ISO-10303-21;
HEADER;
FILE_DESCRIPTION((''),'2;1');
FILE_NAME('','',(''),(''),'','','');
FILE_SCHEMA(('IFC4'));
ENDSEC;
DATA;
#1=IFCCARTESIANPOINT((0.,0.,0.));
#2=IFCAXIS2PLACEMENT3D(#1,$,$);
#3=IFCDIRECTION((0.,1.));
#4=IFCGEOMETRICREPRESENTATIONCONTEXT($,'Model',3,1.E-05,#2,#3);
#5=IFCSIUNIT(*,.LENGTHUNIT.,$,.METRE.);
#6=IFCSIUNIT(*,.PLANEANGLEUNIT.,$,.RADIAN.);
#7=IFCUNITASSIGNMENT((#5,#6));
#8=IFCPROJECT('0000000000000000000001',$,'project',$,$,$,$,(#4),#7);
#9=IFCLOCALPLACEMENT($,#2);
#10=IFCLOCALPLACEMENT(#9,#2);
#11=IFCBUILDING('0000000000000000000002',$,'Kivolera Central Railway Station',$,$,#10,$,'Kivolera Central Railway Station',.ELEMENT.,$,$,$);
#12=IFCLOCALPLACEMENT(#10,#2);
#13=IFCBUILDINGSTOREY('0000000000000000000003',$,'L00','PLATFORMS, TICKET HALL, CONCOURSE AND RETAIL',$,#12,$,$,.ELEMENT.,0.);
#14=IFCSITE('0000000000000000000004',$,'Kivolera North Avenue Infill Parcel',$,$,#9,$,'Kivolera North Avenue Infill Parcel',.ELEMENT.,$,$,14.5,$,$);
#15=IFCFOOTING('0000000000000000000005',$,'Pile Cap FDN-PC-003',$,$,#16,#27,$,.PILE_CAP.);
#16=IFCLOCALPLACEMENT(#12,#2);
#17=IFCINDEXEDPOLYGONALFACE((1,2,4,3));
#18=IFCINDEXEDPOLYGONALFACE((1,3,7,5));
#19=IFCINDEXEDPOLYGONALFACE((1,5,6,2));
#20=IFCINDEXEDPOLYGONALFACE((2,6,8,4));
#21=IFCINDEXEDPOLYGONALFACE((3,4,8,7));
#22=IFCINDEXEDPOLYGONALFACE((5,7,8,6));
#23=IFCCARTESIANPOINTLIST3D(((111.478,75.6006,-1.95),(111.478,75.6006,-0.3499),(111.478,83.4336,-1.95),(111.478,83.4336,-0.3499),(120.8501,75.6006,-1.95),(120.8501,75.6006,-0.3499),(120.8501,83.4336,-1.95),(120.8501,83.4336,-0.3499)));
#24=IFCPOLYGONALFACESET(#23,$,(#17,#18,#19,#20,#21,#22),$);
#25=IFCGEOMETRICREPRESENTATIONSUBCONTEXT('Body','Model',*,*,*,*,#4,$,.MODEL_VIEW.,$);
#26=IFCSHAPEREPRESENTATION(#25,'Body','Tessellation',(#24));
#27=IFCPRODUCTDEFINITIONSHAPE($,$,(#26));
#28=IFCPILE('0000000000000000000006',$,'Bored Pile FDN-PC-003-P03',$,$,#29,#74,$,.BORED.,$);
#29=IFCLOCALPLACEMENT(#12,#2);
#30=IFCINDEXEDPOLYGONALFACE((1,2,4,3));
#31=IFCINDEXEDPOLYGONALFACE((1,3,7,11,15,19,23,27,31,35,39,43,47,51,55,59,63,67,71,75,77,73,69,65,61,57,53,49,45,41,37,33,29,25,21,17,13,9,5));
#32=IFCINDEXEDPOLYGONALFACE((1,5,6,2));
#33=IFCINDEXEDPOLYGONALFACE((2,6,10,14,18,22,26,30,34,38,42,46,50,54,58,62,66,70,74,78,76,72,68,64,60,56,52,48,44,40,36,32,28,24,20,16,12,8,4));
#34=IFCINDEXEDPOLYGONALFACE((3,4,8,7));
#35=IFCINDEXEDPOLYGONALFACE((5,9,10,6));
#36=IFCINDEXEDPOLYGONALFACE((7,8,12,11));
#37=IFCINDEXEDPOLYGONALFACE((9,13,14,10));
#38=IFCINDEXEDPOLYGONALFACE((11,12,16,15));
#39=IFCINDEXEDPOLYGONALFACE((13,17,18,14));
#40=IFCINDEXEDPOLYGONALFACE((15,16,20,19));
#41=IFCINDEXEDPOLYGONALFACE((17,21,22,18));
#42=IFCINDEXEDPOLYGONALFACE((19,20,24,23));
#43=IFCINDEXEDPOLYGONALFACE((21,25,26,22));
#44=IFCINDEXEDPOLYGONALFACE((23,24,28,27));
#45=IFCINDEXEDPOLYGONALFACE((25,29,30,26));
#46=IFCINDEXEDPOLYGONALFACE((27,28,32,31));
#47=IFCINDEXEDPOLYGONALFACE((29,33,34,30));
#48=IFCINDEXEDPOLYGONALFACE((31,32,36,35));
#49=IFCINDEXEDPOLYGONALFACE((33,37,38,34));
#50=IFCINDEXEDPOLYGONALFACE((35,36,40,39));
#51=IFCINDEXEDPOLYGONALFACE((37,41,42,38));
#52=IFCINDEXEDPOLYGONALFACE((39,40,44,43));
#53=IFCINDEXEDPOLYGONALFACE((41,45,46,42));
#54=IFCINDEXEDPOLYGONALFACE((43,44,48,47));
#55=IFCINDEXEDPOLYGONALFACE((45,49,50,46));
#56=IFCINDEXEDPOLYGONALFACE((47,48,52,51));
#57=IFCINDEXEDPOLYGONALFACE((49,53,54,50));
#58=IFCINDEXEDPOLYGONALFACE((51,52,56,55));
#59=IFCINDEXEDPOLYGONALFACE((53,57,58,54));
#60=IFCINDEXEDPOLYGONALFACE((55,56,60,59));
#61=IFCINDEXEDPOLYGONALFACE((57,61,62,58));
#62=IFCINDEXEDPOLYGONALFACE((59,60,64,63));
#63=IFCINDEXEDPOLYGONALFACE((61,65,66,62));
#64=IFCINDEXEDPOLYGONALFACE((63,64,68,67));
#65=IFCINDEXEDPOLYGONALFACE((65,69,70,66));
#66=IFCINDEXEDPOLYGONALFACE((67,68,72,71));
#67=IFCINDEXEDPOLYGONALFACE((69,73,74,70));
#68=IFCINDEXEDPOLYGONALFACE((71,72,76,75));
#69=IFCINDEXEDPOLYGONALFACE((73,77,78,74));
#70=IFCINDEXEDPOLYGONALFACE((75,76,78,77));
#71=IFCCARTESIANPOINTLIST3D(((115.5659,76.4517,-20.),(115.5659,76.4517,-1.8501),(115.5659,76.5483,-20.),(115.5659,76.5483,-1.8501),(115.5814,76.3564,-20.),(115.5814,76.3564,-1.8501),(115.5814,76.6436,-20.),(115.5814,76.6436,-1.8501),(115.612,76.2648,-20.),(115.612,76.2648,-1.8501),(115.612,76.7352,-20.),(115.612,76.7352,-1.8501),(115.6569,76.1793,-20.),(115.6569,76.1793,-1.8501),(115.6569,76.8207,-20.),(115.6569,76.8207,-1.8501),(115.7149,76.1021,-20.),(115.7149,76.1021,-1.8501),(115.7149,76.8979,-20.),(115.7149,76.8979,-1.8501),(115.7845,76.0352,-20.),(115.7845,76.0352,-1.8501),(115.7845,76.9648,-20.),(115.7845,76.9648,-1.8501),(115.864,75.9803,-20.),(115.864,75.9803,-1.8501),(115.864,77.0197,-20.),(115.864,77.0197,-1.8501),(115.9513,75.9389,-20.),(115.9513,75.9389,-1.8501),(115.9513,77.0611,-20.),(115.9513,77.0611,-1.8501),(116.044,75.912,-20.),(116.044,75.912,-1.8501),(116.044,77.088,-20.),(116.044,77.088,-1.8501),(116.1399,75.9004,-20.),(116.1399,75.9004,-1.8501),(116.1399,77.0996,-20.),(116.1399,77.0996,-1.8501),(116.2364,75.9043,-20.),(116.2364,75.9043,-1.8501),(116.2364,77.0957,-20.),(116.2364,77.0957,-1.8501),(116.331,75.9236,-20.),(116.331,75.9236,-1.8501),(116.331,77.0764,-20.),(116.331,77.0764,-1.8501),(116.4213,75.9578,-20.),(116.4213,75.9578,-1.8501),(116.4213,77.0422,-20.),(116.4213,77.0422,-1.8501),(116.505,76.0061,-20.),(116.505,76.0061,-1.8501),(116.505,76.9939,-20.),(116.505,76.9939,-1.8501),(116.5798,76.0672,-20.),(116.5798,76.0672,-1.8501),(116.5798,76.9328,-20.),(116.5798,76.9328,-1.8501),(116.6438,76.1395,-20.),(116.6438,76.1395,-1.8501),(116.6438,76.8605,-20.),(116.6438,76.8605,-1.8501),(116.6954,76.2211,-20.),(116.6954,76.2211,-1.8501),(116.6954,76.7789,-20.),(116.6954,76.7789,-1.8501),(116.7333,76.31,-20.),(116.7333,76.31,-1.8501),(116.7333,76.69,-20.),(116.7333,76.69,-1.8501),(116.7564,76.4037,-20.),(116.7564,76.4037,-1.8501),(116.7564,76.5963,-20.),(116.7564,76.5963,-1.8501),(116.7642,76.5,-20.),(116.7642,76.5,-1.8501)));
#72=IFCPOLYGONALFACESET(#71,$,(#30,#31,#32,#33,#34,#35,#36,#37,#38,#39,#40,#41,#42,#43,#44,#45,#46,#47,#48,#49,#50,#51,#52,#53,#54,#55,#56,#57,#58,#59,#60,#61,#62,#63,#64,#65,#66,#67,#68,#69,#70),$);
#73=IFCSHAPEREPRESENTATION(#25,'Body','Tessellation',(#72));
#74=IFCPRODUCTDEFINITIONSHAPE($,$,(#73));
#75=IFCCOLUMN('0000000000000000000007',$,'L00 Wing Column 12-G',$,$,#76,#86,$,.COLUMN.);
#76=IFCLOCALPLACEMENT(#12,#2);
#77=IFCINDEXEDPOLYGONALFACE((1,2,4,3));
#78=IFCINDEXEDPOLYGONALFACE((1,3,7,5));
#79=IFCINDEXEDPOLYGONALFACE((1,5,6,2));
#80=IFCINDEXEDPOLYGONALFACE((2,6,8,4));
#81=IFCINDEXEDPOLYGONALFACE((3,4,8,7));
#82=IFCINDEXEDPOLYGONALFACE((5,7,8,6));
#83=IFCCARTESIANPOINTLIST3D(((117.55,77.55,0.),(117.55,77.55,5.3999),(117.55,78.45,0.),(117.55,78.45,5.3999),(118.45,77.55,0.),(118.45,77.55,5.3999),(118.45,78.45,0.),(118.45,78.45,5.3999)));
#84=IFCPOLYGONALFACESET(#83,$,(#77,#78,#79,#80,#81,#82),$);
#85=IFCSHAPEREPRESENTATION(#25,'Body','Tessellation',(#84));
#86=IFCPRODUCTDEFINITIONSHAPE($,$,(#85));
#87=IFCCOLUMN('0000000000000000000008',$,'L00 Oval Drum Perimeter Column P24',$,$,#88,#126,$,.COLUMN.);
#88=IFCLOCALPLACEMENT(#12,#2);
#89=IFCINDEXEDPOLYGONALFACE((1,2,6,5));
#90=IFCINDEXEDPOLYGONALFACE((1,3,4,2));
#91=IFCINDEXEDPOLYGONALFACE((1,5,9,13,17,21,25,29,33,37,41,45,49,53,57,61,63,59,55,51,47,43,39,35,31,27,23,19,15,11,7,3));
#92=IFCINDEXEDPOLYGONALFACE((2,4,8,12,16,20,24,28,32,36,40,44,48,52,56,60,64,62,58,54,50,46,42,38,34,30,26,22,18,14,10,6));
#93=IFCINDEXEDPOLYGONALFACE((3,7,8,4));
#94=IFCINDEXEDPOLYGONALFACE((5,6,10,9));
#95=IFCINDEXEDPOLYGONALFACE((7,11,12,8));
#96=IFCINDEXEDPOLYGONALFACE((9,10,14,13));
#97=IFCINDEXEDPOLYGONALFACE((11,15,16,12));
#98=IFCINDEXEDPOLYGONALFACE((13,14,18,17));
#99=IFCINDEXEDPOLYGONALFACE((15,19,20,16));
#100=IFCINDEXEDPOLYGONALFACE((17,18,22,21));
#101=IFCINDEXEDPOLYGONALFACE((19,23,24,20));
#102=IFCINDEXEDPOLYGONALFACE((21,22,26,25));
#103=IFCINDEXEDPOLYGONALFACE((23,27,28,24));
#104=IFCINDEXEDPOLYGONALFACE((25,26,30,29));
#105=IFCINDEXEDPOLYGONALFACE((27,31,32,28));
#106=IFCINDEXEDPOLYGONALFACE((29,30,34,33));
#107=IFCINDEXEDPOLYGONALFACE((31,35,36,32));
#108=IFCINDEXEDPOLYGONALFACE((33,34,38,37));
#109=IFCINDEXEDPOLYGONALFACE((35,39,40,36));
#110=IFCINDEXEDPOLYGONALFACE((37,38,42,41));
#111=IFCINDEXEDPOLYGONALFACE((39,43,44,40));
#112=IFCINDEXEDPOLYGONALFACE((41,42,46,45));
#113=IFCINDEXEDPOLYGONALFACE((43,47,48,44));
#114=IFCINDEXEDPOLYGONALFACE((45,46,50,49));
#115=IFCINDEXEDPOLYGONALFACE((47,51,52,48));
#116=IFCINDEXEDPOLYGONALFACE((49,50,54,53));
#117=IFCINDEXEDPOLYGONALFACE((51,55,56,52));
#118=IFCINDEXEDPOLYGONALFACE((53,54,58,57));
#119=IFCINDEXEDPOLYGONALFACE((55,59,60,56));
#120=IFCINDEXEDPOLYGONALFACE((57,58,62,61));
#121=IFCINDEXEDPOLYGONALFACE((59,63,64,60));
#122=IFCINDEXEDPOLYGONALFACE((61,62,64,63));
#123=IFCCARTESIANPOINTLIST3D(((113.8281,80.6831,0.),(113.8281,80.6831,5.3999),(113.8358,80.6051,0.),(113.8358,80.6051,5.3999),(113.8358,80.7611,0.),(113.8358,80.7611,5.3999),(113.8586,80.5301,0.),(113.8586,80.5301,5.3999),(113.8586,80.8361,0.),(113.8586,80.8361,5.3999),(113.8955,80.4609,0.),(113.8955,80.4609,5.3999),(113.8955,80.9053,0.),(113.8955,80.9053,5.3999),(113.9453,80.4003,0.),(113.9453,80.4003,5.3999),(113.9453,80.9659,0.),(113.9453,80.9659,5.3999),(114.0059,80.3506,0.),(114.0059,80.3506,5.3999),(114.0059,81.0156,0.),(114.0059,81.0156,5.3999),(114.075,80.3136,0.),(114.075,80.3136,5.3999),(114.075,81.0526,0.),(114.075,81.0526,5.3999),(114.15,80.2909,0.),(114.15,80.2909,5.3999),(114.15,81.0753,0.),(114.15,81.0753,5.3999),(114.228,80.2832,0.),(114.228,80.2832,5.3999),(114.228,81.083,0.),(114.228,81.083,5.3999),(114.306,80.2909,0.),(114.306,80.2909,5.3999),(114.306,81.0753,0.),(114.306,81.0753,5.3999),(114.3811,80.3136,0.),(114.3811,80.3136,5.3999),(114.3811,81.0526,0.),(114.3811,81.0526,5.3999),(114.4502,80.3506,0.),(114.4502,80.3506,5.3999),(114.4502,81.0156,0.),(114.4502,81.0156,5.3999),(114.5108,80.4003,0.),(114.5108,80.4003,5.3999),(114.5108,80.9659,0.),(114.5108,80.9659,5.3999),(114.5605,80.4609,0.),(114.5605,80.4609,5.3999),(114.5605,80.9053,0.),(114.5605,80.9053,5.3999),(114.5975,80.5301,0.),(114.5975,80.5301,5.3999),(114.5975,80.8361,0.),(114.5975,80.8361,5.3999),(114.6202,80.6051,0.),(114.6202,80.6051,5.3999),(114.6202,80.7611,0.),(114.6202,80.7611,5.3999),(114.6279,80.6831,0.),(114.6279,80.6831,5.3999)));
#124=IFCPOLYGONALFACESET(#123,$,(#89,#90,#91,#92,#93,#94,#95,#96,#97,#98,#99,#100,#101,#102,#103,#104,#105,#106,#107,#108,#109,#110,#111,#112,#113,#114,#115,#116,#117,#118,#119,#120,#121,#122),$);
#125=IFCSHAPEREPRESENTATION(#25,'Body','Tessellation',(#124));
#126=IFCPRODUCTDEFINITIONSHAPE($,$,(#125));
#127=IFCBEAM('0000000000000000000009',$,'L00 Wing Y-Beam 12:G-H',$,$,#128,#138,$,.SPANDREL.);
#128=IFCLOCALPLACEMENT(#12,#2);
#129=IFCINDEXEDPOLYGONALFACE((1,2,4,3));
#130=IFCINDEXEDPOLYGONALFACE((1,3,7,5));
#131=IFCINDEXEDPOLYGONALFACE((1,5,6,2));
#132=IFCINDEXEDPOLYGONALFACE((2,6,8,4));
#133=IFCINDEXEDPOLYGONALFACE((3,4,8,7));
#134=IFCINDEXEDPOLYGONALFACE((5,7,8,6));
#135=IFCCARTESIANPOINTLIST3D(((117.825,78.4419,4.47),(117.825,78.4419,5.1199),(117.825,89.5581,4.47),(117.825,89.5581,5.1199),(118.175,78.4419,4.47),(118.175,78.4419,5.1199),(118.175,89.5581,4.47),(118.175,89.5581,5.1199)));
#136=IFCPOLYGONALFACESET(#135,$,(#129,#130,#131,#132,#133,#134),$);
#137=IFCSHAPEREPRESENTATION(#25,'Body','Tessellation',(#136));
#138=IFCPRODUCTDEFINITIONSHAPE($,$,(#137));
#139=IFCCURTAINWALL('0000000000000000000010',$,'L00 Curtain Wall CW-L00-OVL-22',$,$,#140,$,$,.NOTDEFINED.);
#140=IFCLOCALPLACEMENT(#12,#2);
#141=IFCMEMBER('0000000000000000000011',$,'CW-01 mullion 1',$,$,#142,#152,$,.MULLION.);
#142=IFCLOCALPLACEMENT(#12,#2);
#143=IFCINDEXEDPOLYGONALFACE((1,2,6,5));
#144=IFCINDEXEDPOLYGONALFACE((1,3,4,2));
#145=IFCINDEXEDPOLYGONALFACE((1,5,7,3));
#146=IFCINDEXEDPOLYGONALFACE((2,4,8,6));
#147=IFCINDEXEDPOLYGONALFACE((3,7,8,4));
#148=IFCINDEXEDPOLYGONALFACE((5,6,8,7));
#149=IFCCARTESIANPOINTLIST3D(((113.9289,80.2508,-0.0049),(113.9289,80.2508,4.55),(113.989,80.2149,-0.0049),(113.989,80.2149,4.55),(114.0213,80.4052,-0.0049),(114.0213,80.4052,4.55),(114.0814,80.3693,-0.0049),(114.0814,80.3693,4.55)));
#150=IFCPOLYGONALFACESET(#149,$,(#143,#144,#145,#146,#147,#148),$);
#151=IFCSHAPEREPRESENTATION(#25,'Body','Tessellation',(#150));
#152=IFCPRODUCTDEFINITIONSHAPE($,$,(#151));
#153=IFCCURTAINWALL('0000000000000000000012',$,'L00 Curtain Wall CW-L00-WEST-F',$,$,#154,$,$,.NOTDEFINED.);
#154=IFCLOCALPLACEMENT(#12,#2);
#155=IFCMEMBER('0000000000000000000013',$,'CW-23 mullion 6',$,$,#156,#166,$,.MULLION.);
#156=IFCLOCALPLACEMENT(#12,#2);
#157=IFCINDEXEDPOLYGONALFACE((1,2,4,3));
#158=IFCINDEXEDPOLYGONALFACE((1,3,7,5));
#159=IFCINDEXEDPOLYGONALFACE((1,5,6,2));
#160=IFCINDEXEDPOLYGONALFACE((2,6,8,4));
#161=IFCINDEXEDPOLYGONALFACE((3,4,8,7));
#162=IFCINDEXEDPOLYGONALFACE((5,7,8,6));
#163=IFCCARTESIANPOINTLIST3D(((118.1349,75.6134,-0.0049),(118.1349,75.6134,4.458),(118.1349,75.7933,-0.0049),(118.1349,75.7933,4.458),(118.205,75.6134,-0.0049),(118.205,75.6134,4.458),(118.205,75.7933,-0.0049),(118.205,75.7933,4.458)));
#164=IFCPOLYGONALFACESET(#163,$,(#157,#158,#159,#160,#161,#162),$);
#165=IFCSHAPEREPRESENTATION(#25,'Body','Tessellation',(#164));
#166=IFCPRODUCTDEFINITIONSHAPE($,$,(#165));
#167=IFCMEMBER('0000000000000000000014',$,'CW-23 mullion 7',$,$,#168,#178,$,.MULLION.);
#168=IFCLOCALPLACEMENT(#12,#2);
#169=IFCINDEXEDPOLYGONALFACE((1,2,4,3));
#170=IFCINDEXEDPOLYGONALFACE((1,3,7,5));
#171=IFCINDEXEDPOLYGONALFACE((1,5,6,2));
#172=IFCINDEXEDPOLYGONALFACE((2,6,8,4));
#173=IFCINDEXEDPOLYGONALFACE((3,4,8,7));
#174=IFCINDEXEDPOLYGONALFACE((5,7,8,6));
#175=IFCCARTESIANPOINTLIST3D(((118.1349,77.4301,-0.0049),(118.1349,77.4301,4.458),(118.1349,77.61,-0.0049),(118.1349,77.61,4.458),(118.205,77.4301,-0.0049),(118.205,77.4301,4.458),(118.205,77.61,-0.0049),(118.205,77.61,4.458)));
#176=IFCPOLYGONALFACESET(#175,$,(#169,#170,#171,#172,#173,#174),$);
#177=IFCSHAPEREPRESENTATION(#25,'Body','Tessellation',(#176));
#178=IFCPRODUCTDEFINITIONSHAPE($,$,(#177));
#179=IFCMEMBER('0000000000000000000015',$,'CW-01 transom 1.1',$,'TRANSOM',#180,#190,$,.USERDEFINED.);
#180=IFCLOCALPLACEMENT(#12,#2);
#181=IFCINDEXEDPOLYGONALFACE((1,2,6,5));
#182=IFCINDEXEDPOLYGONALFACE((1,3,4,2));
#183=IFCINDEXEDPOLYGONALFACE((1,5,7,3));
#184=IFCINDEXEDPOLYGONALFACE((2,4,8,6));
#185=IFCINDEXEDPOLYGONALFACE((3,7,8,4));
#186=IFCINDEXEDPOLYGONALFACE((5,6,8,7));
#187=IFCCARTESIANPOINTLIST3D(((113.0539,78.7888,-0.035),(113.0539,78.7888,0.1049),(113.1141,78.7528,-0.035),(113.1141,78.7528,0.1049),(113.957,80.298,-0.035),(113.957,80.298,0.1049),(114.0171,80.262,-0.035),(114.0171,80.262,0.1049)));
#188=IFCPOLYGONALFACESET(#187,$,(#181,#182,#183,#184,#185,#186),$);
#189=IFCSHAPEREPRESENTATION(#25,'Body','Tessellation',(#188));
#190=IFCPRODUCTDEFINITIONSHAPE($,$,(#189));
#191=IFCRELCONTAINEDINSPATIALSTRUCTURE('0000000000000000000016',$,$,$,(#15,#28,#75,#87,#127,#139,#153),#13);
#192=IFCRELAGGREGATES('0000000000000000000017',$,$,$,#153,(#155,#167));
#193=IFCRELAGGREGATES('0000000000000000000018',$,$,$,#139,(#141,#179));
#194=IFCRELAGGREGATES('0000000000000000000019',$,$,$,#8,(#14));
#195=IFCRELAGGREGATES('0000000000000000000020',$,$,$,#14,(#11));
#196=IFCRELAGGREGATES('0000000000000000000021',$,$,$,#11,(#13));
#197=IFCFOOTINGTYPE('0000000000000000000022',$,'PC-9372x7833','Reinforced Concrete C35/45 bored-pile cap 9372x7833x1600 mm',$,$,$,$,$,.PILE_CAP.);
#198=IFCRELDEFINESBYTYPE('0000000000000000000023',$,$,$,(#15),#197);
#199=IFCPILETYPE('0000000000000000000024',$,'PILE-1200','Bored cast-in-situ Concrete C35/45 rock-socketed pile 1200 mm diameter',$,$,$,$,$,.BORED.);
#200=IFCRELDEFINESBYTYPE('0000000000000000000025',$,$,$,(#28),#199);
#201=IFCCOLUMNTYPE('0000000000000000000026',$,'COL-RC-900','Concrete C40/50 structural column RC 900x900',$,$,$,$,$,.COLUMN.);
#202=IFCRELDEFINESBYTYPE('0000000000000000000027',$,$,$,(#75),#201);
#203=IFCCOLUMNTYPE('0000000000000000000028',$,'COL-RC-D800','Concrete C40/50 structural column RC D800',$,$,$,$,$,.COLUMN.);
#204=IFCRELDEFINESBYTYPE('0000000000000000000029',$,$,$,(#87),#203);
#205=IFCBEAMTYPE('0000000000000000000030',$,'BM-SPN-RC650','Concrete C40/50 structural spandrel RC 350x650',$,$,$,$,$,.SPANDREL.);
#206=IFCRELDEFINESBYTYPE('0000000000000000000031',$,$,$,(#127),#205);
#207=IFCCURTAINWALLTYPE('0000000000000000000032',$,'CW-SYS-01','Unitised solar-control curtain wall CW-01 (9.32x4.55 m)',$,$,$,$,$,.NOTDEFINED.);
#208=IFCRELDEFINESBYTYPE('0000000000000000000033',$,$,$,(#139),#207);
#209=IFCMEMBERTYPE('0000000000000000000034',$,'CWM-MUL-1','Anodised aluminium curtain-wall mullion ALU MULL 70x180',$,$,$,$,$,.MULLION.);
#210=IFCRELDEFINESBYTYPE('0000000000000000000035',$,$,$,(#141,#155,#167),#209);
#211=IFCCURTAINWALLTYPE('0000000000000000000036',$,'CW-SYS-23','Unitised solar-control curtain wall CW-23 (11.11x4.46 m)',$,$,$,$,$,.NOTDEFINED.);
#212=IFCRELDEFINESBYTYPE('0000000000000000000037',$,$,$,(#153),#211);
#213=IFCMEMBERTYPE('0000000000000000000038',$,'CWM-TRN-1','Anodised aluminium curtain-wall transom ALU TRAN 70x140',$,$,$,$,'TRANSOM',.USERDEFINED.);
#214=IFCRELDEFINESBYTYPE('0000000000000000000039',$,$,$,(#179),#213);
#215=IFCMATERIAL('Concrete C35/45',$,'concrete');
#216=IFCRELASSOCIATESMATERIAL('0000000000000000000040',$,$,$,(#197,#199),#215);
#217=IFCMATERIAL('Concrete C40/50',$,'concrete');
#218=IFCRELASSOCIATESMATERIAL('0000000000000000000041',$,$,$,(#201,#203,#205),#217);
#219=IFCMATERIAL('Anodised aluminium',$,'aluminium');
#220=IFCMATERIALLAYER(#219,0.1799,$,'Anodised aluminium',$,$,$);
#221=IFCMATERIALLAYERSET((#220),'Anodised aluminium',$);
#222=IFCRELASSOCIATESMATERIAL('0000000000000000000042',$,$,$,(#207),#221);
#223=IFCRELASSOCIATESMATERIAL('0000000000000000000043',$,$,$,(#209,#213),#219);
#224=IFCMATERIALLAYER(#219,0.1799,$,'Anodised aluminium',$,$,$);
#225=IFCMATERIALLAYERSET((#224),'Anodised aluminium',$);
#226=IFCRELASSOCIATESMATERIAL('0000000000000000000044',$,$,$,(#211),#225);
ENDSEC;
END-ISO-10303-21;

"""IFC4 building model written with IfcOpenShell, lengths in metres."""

from ifc_helpers import new_model, si_unit, direction, frame, origin, origin_2d, place, context, subcontext, project, spatial, rectangle, circle, extrude, material, layer, layer_set, material_profile, profile_set, type_object, element, aggregate, save


model = new_model("IFC4")

# Units and contexts
model_context = context("Model", 3, precision=1e-05, world=origin(), true_north=direction((0.0, 1.0)))
body_context = subcontext(model_context, "Body", "Model", "MODEL_VIEW")
ifc_project = project(units=[si_unit("LENGTHUNIT", "METRE"), si_unit("PLANEANGLEUNIT", "RADIAN")], contexts=[model_context])

# Site, building, storey
site_placement = place(None, origin())
site = spatial("IfcSite", under=ifc_project, at=site_placement, Name="Kivolera North Avenue Infill Parcel", LongName="Kivolera North Avenue Infill Parcel", CompositionType="ELEMENT", RefElevation=14.5)
building_placement = place(site_placement, origin())
building = spatial("IfcBuilding", under=site, at=building_placement, Name="Kivolera Central Railway Station", LongName="Kivolera Central Railway Station", CompositionType="ELEMENT")
storey_placement = place(building_placement, origin())
storey = spatial("IfcBuildingStorey", under=building, at=storey_placement, Name="L00", Description="PLATFORMS, TICKET HALL, CONCOURSE AND RETAIL", CompositionType="ELEMENT", Elevation=0.0)

# Footing
ifc_material_1 = material(Name="Concrete C35/45", Category="concrete")
footing_type = type_object("IfcFootingType", Name="PC-9372x7833", Description="Reinforced Concrete C35/45 bored-pile cap 9372x7833x1600 mm", PredefinedType="PILE_CAP", material=ifc_material_1)
footing_placement = place(storey_placement, frame((116.1641, 79.5171, -1.95), z_axis=(0.0, 0.0, 1.0), x_axis=(1.0, 0.0, 0.0)))
element("IfcFooting", 1, at=footing_placement, inside=storey, type_object=footing_type, Name="Pile Cap FDN-PC-003", PredefinedType="PILE_CAP", context=body_context, shape_type="SweptSolid", body=[
    extrude(rectangle(XDim=9.3721, YDim=7.833, at=origin_2d()), origin(), (0.0, 0.0, 1.0), 1.6001),
])

# Pile
ifc_material_profile_1 = material_profile(ifc_material_1, circle(Radius=0.6001, at=origin_2d()), Name="PILE D1200")
ifc_profile_set_1 = profile_set([ifc_material_profile_1], Name="Concrete C35/45")
pile_type = type_object("IfcPileType", Name="PILE-1200", Description="Bored cast-in-situ Concrete C35/45 rock-socketed pile 1200 mm diameter", PredefinedType="BORED", material=ifc_profile_set_1)
pile_placement = place(storey_placement, frame((116.1641, 76.5, -1.8501), z_axis=(0.0, 0.0, -1.0), x_axis=(1.0, 0.0, 0.0)))
element("IfcPile", 2, at=pile_placement, inside=storey, type_object=pile_type, Name="Bored Pile FDN-PC-003-P03", PredefinedType="BORED", context=body_context, shape_type="SweptSolid", body=[
    extrude(circle(Radius=0.6001, at=origin_2d()), origin(), (0.0, 0.0, 1.0), 18.1499),
])

# Columns
ifc_material_2 = material(Name="Concrete C40/50", Category="concrete")
ifc_material_profile_2 = material_profile(ifc_material_2, rectangle(XDim=0.8999, YDim=0.8999, at=origin_2d()), Name="RC 900x900")
ifc_profile_set_2 = profile_set([ifc_material_profile_2], Name="Concrete C40/50")
column_type_1 = type_object("IfcColumnType", Name="COL-RC-900", Description="Concrete C40/50 structural column RC 900x900", PredefinedType="COLUMN", material=ifc_profile_set_2)
column_1_placement = place(storey_placement, frame((118.0, 78.0, 0.0), z_axis=(0.0, 0.0, 1.0), x_axis=(1.0, 0.0, 0.0)))
element("IfcColumn", 3, at=column_1_placement, inside=storey, type_object=column_type_1, Name="L00 Wing Column 12-G", PredefinedType="COLUMN", context=body_context, shape_type="SweptSolid", body=[
    extrude(rectangle(XDim=0.8999, YDim=0.8999, at=origin_2d()), origin(), (0.0, 0.0, 1.0), 5.3999),
])
ifc_material_profile_3 = material_profile(ifc_material_2, circle(Radius=0.3999, at=origin_2d()), Name="RC D800")
ifc_profile_set_3 = profile_set([ifc_material_profile_3], Name="Concrete C40/50")
column_type_2 = type_object("IfcColumnType", Name="COL-RC-D800", Description="Concrete C40/50 structural column RC D800", PredefinedType="COLUMN", material=ifc_profile_set_3)
column_2_placement = place(storey_placement, frame((114.228, 80.6831, 0.0), z_axis=(0.0, 0.0, 1.0), x_axis=(1.0, 0.0, 0.0)))
element("IfcColumn", 4, at=column_2_placement, inside=storey, type_object=column_type_2, Name="L00 Oval Drum Perimeter Column P24", PredefinedType="COLUMN", context=body_context, shape_type="SweptSolid", body=[
    extrude(circle(Radius=0.3999, at=origin_2d()), origin(), (0.0, 0.0, 1.0), 5.3999),
])

# Beam
ifc_material_profile_4 = material_profile(ifc_material_2, rectangle(XDim=0.3501, YDim=0.6499, at=origin_2d()), Name="RC 350x650")
ifc_profile_set_4 = profile_set([ifc_material_profile_4], Name="Concrete C40/50")
beam_type = type_object("IfcBeamType", Name="BM-SPN-RC650", Description="Concrete C40/50 structural spandrel RC 350x650", PredefinedType="SPANDREL", material=ifc_profile_set_4)
beam_placement = place(storey_placement, frame((118.0, 78.4419, 4.7949), z_axis=(0.0, 1.0, 0.0), x_axis=(-1.0, 0.0, 0.0)))
element("IfcBeam", 5, at=beam_placement, inside=storey, type_object=beam_type, Name="L00 Wing Y-Beam 12:G-H", PredefinedType="SPANDREL", context=body_context, shape_type="SweptSolid", body=[
    extrude(rectangle(XDim=0.3501, YDim=0.6499, at=origin_2d()), origin(), (0.0, 0.0, 1.0), 11.1162),
])

# Curtain wall, member
ifc_material_3 = material(Name="Anodised aluminium", Category="aluminium")
ifc_layer_1 = layer(ifc_material_3, 0.1799, Name="Anodised aluminium")
ifc_layer_set_1 = layer_set([ifc_layer_1], Name="Anodised aluminium")
curtain_wall_type_1 = type_object("IfcCurtainWallType", Name="CW-SYS-01", Description="Unitised solar-control curtain wall CW-01 (9.32x4.55 m)", PredefinedType="NOTDEFINED", material=ifc_layer_set_1)
curtain_wall_1_placement = place(storey_placement, origin())
curtain_wall_1 = element("IfcCurtainWall", 6, at=curtain_wall_1_placement, inside=storey, type_object=curtain_wall_type_1, Name="L00 Curtain Wall CW-L00-OVL-22", PredefinedType="NOTDEFINED")
ifc_material_profile_5 = material_profile(ifc_material_3, rectangle(XDim=0.0701, YDim=0.1799, at=origin_2d()), Name="ALU MULL 70x180")
ifc_profile_set_5 = profile_set([ifc_material_profile_5], Name="Anodised aluminium")
member_type_1 = type_object("IfcMemberType", Name="CWM-MUL-1", Description="Anodised aluminium curtain-wall mullion ALU MULL 70x180", PredefinedType="MULLION", material=ifc_profile_set_5)
member_1_placement = place(storey_placement, frame((114.0051, 80.3101, -0.0049), z_axis=(0.0, 0.0, 1.0), x_axis=(0.858117, -0.513454, 0.0)))
member_1 = element("IfcMember", 7, at=member_1_placement, type_object=member_type_1, Name="CW-01 mullion 1", PredefinedType="MULLION", context=body_context, shape_type="SweptSolid", body=[
    extrude(rectangle(XDim=0.0701, YDim=0.1799, at=origin_2d()), origin(), (0.0, 0.0, 1.0), 4.5549),
])

# Curtain wall, members
ifc_layer_2 = layer(ifc_material_3, 0.1799, Name="Anodised aluminium")
ifc_layer_set_2 = layer_set([ifc_layer_2], Name="Anodised aluminium")
curtain_wall_type_2 = type_object("IfcCurtainWallType", Name="CW-SYS-23", Description="Unitised solar-control curtain wall CW-23 (11.11x4.46 m)", PredefinedType="NOTDEFINED", material=ifc_layer_set_2)
curtain_wall_2_placement = place(storey_placement, origin())
curtain_wall_2 = element("IfcCurtainWall", 8, at=curtain_wall_2_placement, inside=storey, type_object=curtain_wall_type_2, Name="L00 Curtain Wall CW-L00-WEST-F", PredefinedType="NOTDEFINED")
member_2_placement = place(storey_placement, frame((118.1699, 75.7034, -0.0049), z_axis=(0.0, 0.0, 1.0), x_axis=(-1.0, 0.0, 0.0)))
member_2 = element("IfcMember", 9, at=member_2_placement, type_object=member_type_1, Name="CW-23 mullion 6", PredefinedType="MULLION", context=body_context, shape_type="SweptSolid", body=[
    extrude(rectangle(XDim=0.0701, YDim=0.1799, at=origin_2d()), origin(), (0.0, 0.0, 1.0), 4.4629),
])
member_3_placement = place(storey_placement, frame((118.1699, 77.52, -0.0049), z_axis=(0.0, 0.0, 1.0), x_axis=(-1.0, 0.0, 0.0)))
member_3 = element("IfcMember", 10, at=member_3_placement, type_object=member_type_1, Name="CW-23 mullion 7", PredefinedType="MULLION", context=body_context, shape_type="SweptSolid", body=[
    extrude(rectangle(XDim=0.0701, YDim=0.1799, at=origin_2d()), origin(), (0.0, 0.0, 1.0), 4.4629),
])

# Member
ifc_material_profile_6 = material_profile(ifc_material_3, rectangle(XDim=0.0701, YDim=0.1399, at=origin_2d()), Name="ALU TRAN 70x140")
ifc_profile_set_6 = profile_set([ifc_material_profile_6], Name="Anodised aluminium")
member_type_2 = type_object("IfcMemberType", Name="CWM-TRN-1", Description="Anodised aluminium curtain-wall transom ALU TRAN 70x140", ElementType="TRANSOM", PredefinedType="USERDEFINED", material=ifc_profile_set_6)
member_4_placement = place(storey_placement, frame((113.9871, 80.28, 0.0349), z_axis=(-0.513454, -0.858117, 0.0), x_axis=(0.858117, -0.513454, 0.0)))
member_4 = element("IfcMember", 11, at=member_4_placement, type_object=member_type_2, Name="CW-01 transom 1.1", ObjectType="TRANSOM", PredefinedType="USERDEFINED", context=body_context, shape_type="SweptSolid", body=[
    extrude(rectangle(XDim=0.0701, YDim=0.1399, at=origin_2d()), origin(), (0.0, 0.0, 1.0), 1.7588),
])

aggregate(curtain_wall_2, [member_2, member_3])
aggregate(curtain_wall_1, [member_1, member_4])

save(model, "model.ifc")
